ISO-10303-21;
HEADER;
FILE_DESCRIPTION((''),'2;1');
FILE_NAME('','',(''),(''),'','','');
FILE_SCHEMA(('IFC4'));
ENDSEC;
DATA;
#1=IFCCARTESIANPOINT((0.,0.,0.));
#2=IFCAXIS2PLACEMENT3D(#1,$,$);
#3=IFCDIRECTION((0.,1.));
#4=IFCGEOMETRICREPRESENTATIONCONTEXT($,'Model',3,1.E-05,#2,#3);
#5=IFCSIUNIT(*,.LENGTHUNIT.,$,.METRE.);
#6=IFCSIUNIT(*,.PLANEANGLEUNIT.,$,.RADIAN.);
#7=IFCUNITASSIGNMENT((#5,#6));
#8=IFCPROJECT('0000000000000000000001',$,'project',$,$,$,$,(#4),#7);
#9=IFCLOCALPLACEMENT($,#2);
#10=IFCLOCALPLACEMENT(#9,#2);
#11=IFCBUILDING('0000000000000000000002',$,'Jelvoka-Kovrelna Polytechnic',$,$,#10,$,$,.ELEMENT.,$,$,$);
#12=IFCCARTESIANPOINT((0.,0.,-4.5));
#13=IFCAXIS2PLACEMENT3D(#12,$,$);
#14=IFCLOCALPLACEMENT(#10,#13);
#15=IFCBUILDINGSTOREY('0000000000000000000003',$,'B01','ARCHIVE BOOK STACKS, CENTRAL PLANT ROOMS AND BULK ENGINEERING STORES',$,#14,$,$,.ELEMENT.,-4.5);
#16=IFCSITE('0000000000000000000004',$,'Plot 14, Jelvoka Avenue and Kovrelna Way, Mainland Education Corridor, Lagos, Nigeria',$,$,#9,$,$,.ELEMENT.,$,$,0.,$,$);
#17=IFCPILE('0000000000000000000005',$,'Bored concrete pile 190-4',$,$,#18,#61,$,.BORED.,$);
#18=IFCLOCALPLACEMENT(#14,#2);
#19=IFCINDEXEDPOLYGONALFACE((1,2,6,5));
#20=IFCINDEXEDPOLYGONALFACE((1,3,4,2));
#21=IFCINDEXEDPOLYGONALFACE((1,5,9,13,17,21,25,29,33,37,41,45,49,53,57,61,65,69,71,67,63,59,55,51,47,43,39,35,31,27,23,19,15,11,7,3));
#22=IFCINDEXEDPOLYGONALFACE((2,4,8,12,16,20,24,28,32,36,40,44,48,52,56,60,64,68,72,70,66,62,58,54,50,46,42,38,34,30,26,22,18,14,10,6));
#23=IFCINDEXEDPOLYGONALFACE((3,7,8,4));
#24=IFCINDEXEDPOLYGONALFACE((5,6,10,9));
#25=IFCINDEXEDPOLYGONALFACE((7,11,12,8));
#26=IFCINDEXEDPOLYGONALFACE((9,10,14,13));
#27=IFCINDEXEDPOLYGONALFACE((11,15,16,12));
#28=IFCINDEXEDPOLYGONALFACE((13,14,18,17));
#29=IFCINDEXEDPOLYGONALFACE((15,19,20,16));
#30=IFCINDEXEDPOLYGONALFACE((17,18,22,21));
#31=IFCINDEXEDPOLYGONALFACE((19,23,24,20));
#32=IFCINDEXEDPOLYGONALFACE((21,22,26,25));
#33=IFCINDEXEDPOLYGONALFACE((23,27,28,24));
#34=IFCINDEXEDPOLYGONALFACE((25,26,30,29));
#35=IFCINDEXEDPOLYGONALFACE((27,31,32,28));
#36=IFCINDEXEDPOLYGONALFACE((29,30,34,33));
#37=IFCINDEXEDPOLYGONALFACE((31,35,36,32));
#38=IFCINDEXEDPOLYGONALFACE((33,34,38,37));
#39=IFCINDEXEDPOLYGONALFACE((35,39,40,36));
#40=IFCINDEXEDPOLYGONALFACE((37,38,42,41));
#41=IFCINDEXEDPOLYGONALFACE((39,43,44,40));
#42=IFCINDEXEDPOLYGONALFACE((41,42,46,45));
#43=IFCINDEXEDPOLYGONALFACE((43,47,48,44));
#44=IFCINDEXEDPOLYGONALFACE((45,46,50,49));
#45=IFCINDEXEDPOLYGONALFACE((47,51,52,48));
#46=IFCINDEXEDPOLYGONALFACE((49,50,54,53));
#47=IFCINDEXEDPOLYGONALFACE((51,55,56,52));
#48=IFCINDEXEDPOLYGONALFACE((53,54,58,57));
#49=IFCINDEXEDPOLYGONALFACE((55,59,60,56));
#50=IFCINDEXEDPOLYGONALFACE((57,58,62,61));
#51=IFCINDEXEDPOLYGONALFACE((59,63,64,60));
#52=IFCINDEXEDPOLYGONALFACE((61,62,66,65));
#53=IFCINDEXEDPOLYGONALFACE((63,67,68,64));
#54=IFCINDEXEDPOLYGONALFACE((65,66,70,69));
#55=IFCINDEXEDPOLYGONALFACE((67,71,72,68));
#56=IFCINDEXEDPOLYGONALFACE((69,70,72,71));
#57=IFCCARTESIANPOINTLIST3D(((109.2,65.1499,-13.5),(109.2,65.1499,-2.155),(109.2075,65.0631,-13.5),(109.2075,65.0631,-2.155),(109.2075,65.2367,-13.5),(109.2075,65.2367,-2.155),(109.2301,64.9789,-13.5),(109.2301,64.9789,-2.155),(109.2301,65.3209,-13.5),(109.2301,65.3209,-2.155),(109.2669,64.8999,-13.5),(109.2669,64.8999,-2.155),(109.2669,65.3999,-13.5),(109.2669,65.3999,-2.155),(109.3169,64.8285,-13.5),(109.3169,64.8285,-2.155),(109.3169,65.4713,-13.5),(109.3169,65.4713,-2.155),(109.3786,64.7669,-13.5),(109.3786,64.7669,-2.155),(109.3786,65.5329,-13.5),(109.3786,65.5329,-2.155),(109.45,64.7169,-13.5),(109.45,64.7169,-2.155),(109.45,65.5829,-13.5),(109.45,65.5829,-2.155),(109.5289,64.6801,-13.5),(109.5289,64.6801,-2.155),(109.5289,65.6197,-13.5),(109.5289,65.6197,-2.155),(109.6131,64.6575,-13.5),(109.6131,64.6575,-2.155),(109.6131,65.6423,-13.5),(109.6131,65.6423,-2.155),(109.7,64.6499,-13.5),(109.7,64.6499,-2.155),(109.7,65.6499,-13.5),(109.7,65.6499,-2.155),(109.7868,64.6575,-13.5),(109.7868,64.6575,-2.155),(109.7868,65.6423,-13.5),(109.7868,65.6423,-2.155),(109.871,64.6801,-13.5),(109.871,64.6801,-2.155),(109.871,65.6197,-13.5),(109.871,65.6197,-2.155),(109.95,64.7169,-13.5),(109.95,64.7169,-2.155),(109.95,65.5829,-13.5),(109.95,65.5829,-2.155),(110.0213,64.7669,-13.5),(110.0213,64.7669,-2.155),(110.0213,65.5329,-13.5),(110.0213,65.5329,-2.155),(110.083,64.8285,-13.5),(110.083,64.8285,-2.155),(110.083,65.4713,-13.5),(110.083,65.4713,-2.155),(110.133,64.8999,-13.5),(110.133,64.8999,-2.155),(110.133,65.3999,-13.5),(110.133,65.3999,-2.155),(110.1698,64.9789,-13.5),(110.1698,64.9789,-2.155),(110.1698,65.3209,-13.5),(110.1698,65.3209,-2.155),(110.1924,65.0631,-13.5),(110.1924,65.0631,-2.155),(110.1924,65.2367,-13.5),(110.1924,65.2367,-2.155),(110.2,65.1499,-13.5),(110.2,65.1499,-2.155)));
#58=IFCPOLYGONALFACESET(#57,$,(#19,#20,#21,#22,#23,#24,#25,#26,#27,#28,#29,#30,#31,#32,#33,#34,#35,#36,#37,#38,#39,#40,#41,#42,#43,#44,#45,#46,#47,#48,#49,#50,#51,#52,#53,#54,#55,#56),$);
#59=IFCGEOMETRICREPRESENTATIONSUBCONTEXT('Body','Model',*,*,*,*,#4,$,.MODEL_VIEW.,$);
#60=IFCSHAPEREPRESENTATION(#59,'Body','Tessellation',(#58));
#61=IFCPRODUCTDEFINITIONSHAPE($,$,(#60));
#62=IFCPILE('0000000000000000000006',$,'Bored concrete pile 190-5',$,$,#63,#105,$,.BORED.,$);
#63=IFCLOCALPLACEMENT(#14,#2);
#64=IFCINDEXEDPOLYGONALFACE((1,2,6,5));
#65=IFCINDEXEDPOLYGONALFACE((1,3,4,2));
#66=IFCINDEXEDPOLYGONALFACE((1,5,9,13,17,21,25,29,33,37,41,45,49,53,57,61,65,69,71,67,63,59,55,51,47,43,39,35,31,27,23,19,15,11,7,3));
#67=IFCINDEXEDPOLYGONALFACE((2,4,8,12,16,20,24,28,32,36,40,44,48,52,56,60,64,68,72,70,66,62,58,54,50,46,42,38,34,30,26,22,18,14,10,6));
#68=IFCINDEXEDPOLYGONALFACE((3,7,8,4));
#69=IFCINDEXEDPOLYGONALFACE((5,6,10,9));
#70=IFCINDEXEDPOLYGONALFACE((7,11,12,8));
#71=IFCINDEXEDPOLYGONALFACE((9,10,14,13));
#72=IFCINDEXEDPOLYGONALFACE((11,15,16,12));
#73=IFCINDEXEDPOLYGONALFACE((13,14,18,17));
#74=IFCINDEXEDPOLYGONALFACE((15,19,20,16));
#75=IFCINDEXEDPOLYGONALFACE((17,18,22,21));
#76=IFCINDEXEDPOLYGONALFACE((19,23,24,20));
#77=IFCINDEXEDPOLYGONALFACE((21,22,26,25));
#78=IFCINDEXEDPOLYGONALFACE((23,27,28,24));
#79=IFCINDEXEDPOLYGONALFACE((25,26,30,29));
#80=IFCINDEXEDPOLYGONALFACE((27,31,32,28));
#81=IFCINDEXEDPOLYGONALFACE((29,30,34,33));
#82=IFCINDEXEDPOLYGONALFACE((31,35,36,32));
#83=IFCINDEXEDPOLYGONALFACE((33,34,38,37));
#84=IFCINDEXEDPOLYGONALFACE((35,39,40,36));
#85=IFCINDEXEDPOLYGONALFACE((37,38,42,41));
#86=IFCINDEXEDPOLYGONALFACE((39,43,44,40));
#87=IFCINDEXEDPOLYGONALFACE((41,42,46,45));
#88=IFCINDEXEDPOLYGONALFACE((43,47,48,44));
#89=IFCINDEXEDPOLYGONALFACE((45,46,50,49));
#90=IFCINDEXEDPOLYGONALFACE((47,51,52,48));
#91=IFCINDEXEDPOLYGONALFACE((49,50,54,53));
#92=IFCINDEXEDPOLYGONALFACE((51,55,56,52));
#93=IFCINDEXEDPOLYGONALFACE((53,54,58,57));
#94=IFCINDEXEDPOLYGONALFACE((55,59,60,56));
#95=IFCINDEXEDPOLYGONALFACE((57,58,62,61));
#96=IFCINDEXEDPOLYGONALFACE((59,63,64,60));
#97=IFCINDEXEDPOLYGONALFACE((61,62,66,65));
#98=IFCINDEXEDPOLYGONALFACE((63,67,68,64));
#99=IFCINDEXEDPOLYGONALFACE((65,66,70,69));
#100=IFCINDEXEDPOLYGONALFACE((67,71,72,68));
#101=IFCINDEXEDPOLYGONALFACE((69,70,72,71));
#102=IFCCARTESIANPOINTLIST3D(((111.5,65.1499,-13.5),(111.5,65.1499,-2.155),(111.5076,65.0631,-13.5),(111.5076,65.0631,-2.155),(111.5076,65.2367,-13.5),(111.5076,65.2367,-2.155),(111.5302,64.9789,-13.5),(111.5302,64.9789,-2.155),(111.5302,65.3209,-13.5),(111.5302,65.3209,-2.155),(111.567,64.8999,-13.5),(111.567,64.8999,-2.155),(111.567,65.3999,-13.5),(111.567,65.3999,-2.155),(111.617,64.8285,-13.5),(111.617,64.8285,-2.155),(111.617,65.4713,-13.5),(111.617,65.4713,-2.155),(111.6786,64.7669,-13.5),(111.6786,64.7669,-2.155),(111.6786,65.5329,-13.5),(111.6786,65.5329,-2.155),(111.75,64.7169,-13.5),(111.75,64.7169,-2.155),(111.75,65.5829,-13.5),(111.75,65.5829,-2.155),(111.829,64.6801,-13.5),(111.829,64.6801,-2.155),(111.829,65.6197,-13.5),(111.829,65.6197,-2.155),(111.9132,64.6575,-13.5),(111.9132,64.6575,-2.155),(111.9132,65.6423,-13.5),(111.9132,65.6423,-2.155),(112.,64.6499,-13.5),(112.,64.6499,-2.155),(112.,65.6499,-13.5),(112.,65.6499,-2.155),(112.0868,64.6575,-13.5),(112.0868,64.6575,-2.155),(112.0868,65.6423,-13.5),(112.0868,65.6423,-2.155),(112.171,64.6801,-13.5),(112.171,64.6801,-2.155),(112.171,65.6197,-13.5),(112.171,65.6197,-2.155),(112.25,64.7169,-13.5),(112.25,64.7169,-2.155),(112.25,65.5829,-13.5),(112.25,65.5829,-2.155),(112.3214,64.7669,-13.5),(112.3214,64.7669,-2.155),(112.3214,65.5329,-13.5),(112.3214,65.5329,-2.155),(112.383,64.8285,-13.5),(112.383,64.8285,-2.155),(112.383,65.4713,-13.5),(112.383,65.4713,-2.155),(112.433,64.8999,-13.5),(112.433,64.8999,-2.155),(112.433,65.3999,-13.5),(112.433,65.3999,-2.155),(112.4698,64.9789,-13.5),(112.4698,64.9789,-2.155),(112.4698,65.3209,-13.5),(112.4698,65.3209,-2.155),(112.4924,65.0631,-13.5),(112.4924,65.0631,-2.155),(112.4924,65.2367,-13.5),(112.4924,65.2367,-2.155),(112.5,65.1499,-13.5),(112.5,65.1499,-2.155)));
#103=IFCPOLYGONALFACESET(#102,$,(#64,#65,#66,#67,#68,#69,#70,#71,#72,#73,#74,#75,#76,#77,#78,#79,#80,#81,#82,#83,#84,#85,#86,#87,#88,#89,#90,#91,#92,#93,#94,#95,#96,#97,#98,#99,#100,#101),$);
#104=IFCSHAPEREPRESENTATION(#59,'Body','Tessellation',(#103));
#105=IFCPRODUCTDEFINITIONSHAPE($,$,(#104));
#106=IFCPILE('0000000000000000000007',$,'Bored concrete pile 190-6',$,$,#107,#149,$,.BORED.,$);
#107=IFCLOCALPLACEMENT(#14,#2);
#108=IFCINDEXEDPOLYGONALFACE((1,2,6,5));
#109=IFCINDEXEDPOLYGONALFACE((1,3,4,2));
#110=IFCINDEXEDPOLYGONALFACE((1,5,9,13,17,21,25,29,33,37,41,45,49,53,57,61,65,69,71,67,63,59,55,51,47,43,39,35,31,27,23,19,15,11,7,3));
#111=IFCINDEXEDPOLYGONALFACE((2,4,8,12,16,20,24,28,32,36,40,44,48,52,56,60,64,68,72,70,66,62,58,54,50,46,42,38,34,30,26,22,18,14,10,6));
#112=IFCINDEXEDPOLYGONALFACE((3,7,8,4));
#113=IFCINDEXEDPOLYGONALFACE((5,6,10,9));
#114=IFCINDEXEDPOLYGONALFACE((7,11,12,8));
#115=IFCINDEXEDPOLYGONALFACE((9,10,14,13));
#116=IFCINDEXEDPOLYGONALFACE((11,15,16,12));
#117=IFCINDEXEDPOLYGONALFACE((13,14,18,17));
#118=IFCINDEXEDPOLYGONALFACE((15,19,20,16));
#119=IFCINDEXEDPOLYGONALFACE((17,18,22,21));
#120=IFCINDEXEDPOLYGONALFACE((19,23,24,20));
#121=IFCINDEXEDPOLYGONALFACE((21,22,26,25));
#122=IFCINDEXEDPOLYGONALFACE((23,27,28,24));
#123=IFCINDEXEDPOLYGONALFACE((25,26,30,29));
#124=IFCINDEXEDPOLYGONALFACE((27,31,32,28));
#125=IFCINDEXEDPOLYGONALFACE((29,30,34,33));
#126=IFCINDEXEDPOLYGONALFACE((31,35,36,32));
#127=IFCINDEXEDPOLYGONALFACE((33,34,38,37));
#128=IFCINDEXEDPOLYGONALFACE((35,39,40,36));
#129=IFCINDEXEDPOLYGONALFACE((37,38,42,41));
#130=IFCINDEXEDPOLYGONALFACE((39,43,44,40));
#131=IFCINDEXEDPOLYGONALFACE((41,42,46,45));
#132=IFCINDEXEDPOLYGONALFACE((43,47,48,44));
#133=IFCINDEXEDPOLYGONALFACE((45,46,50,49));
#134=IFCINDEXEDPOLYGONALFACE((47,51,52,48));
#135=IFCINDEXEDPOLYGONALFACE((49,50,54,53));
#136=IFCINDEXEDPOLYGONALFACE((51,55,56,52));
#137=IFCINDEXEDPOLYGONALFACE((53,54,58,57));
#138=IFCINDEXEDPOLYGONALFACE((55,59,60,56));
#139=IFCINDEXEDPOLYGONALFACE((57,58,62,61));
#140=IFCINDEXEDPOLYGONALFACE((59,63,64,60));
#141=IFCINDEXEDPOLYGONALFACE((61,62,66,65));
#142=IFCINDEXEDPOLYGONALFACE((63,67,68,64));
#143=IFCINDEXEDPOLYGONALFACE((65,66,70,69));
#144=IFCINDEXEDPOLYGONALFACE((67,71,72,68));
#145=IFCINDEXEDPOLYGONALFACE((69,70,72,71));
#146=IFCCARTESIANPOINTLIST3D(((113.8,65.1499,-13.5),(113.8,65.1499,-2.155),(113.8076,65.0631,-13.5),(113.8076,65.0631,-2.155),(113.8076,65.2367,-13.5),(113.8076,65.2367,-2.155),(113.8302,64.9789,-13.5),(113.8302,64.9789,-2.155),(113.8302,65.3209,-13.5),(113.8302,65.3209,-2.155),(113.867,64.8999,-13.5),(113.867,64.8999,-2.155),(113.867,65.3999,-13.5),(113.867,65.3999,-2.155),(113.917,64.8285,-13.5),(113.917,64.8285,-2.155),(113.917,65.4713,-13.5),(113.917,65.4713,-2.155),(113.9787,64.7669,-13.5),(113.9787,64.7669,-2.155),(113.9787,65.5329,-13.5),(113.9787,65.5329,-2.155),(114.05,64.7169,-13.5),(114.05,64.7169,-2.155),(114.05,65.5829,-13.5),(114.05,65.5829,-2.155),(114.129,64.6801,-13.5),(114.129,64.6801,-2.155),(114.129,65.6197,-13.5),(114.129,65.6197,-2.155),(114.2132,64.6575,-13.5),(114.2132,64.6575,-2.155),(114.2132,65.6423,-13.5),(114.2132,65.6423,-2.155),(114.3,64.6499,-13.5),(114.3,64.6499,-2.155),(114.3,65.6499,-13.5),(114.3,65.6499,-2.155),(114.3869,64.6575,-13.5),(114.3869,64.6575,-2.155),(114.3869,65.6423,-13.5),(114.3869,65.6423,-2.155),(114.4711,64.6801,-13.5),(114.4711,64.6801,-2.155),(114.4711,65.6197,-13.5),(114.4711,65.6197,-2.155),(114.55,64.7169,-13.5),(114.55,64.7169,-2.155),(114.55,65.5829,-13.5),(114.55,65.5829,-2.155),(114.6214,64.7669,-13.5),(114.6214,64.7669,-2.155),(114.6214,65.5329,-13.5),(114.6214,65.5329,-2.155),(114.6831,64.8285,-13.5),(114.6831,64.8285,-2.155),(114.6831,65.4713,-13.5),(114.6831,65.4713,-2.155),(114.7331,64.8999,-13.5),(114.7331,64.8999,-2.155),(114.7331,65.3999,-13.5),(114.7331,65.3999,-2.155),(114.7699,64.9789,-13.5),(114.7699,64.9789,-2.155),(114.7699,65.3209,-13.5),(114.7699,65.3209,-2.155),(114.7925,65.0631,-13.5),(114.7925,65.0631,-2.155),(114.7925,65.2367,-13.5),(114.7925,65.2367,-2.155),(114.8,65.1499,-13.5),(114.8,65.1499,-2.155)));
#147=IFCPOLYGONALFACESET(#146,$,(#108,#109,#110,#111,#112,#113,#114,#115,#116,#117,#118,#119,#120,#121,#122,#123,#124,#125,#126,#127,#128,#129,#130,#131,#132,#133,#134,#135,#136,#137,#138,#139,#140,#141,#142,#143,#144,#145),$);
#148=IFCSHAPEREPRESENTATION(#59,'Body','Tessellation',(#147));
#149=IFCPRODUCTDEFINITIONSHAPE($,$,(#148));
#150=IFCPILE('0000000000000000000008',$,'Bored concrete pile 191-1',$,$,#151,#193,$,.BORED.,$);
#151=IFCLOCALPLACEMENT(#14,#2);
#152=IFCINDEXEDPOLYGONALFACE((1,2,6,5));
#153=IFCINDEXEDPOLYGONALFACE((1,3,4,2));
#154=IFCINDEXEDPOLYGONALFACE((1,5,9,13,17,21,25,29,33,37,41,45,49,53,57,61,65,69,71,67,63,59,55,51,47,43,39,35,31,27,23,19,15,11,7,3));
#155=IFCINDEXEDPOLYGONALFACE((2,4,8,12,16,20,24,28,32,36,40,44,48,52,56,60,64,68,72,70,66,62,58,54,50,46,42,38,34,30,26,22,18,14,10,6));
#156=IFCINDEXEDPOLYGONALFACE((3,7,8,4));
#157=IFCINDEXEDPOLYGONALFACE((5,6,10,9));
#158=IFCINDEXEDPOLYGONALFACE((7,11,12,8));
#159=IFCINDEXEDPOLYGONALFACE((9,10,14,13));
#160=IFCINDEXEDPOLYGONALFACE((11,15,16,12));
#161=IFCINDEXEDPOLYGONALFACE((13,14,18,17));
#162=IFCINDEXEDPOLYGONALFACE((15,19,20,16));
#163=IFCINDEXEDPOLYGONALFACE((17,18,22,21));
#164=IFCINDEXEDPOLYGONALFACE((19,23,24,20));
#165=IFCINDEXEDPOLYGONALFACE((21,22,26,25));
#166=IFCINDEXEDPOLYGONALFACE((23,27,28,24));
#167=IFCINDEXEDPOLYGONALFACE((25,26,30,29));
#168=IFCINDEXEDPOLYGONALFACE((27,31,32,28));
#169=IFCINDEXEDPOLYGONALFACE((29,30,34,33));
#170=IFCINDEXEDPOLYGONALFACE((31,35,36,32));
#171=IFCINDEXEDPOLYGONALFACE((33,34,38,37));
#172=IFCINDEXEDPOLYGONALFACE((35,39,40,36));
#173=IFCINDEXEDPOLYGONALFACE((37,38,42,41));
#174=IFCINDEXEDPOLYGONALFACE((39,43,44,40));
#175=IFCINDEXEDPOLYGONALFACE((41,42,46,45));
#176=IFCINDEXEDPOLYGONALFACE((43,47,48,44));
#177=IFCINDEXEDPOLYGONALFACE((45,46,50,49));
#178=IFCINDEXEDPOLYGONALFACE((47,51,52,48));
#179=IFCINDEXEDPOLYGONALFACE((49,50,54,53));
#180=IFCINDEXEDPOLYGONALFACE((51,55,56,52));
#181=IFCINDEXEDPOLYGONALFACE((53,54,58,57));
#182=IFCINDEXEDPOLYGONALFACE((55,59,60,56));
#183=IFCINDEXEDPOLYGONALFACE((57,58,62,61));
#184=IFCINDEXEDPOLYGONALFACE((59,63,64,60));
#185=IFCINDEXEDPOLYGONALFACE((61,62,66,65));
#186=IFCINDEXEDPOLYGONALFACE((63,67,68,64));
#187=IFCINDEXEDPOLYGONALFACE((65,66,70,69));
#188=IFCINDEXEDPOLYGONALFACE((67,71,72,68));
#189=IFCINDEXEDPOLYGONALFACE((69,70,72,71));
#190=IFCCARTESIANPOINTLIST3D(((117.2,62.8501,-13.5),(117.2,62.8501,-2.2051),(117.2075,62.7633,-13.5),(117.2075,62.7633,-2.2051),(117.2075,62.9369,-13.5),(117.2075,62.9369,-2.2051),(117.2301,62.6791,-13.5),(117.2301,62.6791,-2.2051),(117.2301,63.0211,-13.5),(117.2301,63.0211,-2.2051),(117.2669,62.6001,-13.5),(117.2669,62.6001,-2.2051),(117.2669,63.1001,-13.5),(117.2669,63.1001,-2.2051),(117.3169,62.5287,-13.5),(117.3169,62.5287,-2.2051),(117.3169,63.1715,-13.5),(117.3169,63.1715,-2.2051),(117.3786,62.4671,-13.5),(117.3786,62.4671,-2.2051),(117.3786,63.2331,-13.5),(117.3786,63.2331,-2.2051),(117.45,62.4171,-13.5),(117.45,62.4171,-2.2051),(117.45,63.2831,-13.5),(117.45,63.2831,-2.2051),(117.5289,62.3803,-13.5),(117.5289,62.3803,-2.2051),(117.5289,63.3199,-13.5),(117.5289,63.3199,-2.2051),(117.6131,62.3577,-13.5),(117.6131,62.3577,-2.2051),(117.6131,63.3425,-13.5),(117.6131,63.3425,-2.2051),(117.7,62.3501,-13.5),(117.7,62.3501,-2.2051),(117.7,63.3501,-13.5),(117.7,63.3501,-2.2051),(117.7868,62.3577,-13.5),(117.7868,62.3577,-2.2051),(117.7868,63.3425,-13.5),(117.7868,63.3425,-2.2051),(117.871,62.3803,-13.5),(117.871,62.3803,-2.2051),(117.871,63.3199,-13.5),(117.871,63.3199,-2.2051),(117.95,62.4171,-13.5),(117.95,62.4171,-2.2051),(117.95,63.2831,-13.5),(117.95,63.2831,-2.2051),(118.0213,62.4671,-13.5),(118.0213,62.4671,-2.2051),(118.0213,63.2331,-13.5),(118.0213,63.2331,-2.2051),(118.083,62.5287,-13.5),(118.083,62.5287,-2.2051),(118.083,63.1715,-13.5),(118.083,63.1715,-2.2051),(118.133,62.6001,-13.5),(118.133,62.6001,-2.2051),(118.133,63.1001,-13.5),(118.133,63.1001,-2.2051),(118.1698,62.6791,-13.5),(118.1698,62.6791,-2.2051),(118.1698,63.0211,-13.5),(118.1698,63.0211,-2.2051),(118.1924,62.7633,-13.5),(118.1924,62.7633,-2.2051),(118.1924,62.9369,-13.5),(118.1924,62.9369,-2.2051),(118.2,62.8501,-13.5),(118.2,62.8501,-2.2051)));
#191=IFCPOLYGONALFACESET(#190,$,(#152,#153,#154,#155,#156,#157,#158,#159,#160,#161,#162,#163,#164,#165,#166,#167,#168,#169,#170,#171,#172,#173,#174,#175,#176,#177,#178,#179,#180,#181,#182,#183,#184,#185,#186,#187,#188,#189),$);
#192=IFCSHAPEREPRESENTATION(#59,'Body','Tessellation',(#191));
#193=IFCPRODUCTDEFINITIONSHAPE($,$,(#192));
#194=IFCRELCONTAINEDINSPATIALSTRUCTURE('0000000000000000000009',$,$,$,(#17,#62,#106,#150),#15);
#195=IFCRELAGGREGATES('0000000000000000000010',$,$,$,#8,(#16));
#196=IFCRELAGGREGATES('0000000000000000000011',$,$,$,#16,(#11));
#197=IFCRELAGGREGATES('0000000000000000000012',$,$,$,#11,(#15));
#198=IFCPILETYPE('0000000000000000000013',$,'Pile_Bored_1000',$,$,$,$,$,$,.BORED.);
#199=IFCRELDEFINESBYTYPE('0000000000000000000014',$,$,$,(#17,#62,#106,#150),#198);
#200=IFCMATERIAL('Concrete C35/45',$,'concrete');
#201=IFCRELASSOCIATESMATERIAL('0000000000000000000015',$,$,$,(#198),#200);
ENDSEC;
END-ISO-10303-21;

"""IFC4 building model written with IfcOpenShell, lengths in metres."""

from ifc_helpers import new_model, si_unit, direction, frame, origin, origin_2d, place, context, subcontext, project, spatial, circle, extrude, material, material_profile, profile_set, type_object, element, save


model = new_model("IFC4")

# Units and contexts
model_context = context("Model", 3, precision=1e-05, world=origin(), true_north=direction((0.0, 1.0)))
body_context = subcontext(model_context, "Body", "Model", "MODEL_VIEW")
ifc_project = project(units=[si_unit("LENGTHUNIT", "METRE"), si_unit("PLANEANGLEUNIT", "RADIAN")], contexts=[model_context])

# Site, building, storey
site_placement = place(None, origin())
site = spatial("IfcSite", under=ifc_project, at=site_placement, Name="Plot 14, Jelvoka Avenue and Kovrelna Way, Mainland Education Corridor, Lagos, Nigeria", CompositionType="ELEMENT", RefElevation=0.0)
building_placement = place(site_placement, origin())
building = spatial("IfcBuilding", under=site, at=building_placement, Name="Jelvoka-Kovrelna Polytechnic", CompositionType="ELEMENT")
storey_placement = place(building_placement, frame((0.0, 0.0, -4.5)))
storey = spatial("IfcBuildingStorey", under=building, at=storey_placement, Name="B01", Description="ARCHIVE BOOK STACKS, CENTRAL PLANT ROOMS AND BULK ENGINEERING STORES", CompositionType="ELEMENT", Elevation=-4.5)

# Piles
ifc_material_1 = material(Name="Concrete C35/45", Category="concrete")
ifc_material_profile_1 = material_profile(ifc_material_1, circle(Radius=0.5, at=origin_2d()), Name="PILE D1000")
ifc_profile_set_1 = profile_set([ifc_material_profile_1], Name="Concrete C35/45")
pile_type = type_object("IfcPileType", Name="Pile_Bored_1000", PredefinedType="BORED", material=ifc_profile_set_1)
for number, where, z_axis, x_axis, name in (
    (1, (109.7, 65.1499, -2.155), (0.0, 0.0, -1.0), (1.0, 0.0, 0.0), "Bored concrete pile 190-4"),
    (2, (112.0, 65.1499, -2.155), (0.0, 0.0, -1.0), (1.0, 0.0, 0.0), "Bored concrete pile 190-5"),
    (3, (114.3, 65.1499, -2.155), (0.0, 0.0, -1.0), (1.0, 0.0, 0.0), "Bored concrete pile 190-6"),
):
    element("IfcPile", number, at=place(storey_placement, frame(where, z_axis=z_axis, x_axis=x_axis)), inside=storey, type_object=pile_type, Name=name, PredefinedType="BORED", context=body_context, shape_type="SweptSolid", body=[
        extrude(circle(Radius=0.5, at=origin_2d()), origin(), (0.0, 0.0, 1.0), 11.345),
    ])
for number, where, z_axis, x_axis, name in (
    (4, (117.7, 62.8501, -2.2051), (0.0, 0.0, -1.0), (1.0, 0.0, 0.0), "Bored concrete pile 191-1"),
):
    element("IfcPile", number, at=place(storey_placement, frame(where, z_axis=z_axis, x_axis=x_axis)), inside=storey, type_object=pile_type, Name=name, PredefinedType="BORED", context=body_context, shape_type="SweptSolid", body=[
        extrude(circle(Radius=0.5, at=origin_2d()), origin(), (0.0, 0.0, 1.0), 11.2949),
    ])

save(model, "model.ifc")
